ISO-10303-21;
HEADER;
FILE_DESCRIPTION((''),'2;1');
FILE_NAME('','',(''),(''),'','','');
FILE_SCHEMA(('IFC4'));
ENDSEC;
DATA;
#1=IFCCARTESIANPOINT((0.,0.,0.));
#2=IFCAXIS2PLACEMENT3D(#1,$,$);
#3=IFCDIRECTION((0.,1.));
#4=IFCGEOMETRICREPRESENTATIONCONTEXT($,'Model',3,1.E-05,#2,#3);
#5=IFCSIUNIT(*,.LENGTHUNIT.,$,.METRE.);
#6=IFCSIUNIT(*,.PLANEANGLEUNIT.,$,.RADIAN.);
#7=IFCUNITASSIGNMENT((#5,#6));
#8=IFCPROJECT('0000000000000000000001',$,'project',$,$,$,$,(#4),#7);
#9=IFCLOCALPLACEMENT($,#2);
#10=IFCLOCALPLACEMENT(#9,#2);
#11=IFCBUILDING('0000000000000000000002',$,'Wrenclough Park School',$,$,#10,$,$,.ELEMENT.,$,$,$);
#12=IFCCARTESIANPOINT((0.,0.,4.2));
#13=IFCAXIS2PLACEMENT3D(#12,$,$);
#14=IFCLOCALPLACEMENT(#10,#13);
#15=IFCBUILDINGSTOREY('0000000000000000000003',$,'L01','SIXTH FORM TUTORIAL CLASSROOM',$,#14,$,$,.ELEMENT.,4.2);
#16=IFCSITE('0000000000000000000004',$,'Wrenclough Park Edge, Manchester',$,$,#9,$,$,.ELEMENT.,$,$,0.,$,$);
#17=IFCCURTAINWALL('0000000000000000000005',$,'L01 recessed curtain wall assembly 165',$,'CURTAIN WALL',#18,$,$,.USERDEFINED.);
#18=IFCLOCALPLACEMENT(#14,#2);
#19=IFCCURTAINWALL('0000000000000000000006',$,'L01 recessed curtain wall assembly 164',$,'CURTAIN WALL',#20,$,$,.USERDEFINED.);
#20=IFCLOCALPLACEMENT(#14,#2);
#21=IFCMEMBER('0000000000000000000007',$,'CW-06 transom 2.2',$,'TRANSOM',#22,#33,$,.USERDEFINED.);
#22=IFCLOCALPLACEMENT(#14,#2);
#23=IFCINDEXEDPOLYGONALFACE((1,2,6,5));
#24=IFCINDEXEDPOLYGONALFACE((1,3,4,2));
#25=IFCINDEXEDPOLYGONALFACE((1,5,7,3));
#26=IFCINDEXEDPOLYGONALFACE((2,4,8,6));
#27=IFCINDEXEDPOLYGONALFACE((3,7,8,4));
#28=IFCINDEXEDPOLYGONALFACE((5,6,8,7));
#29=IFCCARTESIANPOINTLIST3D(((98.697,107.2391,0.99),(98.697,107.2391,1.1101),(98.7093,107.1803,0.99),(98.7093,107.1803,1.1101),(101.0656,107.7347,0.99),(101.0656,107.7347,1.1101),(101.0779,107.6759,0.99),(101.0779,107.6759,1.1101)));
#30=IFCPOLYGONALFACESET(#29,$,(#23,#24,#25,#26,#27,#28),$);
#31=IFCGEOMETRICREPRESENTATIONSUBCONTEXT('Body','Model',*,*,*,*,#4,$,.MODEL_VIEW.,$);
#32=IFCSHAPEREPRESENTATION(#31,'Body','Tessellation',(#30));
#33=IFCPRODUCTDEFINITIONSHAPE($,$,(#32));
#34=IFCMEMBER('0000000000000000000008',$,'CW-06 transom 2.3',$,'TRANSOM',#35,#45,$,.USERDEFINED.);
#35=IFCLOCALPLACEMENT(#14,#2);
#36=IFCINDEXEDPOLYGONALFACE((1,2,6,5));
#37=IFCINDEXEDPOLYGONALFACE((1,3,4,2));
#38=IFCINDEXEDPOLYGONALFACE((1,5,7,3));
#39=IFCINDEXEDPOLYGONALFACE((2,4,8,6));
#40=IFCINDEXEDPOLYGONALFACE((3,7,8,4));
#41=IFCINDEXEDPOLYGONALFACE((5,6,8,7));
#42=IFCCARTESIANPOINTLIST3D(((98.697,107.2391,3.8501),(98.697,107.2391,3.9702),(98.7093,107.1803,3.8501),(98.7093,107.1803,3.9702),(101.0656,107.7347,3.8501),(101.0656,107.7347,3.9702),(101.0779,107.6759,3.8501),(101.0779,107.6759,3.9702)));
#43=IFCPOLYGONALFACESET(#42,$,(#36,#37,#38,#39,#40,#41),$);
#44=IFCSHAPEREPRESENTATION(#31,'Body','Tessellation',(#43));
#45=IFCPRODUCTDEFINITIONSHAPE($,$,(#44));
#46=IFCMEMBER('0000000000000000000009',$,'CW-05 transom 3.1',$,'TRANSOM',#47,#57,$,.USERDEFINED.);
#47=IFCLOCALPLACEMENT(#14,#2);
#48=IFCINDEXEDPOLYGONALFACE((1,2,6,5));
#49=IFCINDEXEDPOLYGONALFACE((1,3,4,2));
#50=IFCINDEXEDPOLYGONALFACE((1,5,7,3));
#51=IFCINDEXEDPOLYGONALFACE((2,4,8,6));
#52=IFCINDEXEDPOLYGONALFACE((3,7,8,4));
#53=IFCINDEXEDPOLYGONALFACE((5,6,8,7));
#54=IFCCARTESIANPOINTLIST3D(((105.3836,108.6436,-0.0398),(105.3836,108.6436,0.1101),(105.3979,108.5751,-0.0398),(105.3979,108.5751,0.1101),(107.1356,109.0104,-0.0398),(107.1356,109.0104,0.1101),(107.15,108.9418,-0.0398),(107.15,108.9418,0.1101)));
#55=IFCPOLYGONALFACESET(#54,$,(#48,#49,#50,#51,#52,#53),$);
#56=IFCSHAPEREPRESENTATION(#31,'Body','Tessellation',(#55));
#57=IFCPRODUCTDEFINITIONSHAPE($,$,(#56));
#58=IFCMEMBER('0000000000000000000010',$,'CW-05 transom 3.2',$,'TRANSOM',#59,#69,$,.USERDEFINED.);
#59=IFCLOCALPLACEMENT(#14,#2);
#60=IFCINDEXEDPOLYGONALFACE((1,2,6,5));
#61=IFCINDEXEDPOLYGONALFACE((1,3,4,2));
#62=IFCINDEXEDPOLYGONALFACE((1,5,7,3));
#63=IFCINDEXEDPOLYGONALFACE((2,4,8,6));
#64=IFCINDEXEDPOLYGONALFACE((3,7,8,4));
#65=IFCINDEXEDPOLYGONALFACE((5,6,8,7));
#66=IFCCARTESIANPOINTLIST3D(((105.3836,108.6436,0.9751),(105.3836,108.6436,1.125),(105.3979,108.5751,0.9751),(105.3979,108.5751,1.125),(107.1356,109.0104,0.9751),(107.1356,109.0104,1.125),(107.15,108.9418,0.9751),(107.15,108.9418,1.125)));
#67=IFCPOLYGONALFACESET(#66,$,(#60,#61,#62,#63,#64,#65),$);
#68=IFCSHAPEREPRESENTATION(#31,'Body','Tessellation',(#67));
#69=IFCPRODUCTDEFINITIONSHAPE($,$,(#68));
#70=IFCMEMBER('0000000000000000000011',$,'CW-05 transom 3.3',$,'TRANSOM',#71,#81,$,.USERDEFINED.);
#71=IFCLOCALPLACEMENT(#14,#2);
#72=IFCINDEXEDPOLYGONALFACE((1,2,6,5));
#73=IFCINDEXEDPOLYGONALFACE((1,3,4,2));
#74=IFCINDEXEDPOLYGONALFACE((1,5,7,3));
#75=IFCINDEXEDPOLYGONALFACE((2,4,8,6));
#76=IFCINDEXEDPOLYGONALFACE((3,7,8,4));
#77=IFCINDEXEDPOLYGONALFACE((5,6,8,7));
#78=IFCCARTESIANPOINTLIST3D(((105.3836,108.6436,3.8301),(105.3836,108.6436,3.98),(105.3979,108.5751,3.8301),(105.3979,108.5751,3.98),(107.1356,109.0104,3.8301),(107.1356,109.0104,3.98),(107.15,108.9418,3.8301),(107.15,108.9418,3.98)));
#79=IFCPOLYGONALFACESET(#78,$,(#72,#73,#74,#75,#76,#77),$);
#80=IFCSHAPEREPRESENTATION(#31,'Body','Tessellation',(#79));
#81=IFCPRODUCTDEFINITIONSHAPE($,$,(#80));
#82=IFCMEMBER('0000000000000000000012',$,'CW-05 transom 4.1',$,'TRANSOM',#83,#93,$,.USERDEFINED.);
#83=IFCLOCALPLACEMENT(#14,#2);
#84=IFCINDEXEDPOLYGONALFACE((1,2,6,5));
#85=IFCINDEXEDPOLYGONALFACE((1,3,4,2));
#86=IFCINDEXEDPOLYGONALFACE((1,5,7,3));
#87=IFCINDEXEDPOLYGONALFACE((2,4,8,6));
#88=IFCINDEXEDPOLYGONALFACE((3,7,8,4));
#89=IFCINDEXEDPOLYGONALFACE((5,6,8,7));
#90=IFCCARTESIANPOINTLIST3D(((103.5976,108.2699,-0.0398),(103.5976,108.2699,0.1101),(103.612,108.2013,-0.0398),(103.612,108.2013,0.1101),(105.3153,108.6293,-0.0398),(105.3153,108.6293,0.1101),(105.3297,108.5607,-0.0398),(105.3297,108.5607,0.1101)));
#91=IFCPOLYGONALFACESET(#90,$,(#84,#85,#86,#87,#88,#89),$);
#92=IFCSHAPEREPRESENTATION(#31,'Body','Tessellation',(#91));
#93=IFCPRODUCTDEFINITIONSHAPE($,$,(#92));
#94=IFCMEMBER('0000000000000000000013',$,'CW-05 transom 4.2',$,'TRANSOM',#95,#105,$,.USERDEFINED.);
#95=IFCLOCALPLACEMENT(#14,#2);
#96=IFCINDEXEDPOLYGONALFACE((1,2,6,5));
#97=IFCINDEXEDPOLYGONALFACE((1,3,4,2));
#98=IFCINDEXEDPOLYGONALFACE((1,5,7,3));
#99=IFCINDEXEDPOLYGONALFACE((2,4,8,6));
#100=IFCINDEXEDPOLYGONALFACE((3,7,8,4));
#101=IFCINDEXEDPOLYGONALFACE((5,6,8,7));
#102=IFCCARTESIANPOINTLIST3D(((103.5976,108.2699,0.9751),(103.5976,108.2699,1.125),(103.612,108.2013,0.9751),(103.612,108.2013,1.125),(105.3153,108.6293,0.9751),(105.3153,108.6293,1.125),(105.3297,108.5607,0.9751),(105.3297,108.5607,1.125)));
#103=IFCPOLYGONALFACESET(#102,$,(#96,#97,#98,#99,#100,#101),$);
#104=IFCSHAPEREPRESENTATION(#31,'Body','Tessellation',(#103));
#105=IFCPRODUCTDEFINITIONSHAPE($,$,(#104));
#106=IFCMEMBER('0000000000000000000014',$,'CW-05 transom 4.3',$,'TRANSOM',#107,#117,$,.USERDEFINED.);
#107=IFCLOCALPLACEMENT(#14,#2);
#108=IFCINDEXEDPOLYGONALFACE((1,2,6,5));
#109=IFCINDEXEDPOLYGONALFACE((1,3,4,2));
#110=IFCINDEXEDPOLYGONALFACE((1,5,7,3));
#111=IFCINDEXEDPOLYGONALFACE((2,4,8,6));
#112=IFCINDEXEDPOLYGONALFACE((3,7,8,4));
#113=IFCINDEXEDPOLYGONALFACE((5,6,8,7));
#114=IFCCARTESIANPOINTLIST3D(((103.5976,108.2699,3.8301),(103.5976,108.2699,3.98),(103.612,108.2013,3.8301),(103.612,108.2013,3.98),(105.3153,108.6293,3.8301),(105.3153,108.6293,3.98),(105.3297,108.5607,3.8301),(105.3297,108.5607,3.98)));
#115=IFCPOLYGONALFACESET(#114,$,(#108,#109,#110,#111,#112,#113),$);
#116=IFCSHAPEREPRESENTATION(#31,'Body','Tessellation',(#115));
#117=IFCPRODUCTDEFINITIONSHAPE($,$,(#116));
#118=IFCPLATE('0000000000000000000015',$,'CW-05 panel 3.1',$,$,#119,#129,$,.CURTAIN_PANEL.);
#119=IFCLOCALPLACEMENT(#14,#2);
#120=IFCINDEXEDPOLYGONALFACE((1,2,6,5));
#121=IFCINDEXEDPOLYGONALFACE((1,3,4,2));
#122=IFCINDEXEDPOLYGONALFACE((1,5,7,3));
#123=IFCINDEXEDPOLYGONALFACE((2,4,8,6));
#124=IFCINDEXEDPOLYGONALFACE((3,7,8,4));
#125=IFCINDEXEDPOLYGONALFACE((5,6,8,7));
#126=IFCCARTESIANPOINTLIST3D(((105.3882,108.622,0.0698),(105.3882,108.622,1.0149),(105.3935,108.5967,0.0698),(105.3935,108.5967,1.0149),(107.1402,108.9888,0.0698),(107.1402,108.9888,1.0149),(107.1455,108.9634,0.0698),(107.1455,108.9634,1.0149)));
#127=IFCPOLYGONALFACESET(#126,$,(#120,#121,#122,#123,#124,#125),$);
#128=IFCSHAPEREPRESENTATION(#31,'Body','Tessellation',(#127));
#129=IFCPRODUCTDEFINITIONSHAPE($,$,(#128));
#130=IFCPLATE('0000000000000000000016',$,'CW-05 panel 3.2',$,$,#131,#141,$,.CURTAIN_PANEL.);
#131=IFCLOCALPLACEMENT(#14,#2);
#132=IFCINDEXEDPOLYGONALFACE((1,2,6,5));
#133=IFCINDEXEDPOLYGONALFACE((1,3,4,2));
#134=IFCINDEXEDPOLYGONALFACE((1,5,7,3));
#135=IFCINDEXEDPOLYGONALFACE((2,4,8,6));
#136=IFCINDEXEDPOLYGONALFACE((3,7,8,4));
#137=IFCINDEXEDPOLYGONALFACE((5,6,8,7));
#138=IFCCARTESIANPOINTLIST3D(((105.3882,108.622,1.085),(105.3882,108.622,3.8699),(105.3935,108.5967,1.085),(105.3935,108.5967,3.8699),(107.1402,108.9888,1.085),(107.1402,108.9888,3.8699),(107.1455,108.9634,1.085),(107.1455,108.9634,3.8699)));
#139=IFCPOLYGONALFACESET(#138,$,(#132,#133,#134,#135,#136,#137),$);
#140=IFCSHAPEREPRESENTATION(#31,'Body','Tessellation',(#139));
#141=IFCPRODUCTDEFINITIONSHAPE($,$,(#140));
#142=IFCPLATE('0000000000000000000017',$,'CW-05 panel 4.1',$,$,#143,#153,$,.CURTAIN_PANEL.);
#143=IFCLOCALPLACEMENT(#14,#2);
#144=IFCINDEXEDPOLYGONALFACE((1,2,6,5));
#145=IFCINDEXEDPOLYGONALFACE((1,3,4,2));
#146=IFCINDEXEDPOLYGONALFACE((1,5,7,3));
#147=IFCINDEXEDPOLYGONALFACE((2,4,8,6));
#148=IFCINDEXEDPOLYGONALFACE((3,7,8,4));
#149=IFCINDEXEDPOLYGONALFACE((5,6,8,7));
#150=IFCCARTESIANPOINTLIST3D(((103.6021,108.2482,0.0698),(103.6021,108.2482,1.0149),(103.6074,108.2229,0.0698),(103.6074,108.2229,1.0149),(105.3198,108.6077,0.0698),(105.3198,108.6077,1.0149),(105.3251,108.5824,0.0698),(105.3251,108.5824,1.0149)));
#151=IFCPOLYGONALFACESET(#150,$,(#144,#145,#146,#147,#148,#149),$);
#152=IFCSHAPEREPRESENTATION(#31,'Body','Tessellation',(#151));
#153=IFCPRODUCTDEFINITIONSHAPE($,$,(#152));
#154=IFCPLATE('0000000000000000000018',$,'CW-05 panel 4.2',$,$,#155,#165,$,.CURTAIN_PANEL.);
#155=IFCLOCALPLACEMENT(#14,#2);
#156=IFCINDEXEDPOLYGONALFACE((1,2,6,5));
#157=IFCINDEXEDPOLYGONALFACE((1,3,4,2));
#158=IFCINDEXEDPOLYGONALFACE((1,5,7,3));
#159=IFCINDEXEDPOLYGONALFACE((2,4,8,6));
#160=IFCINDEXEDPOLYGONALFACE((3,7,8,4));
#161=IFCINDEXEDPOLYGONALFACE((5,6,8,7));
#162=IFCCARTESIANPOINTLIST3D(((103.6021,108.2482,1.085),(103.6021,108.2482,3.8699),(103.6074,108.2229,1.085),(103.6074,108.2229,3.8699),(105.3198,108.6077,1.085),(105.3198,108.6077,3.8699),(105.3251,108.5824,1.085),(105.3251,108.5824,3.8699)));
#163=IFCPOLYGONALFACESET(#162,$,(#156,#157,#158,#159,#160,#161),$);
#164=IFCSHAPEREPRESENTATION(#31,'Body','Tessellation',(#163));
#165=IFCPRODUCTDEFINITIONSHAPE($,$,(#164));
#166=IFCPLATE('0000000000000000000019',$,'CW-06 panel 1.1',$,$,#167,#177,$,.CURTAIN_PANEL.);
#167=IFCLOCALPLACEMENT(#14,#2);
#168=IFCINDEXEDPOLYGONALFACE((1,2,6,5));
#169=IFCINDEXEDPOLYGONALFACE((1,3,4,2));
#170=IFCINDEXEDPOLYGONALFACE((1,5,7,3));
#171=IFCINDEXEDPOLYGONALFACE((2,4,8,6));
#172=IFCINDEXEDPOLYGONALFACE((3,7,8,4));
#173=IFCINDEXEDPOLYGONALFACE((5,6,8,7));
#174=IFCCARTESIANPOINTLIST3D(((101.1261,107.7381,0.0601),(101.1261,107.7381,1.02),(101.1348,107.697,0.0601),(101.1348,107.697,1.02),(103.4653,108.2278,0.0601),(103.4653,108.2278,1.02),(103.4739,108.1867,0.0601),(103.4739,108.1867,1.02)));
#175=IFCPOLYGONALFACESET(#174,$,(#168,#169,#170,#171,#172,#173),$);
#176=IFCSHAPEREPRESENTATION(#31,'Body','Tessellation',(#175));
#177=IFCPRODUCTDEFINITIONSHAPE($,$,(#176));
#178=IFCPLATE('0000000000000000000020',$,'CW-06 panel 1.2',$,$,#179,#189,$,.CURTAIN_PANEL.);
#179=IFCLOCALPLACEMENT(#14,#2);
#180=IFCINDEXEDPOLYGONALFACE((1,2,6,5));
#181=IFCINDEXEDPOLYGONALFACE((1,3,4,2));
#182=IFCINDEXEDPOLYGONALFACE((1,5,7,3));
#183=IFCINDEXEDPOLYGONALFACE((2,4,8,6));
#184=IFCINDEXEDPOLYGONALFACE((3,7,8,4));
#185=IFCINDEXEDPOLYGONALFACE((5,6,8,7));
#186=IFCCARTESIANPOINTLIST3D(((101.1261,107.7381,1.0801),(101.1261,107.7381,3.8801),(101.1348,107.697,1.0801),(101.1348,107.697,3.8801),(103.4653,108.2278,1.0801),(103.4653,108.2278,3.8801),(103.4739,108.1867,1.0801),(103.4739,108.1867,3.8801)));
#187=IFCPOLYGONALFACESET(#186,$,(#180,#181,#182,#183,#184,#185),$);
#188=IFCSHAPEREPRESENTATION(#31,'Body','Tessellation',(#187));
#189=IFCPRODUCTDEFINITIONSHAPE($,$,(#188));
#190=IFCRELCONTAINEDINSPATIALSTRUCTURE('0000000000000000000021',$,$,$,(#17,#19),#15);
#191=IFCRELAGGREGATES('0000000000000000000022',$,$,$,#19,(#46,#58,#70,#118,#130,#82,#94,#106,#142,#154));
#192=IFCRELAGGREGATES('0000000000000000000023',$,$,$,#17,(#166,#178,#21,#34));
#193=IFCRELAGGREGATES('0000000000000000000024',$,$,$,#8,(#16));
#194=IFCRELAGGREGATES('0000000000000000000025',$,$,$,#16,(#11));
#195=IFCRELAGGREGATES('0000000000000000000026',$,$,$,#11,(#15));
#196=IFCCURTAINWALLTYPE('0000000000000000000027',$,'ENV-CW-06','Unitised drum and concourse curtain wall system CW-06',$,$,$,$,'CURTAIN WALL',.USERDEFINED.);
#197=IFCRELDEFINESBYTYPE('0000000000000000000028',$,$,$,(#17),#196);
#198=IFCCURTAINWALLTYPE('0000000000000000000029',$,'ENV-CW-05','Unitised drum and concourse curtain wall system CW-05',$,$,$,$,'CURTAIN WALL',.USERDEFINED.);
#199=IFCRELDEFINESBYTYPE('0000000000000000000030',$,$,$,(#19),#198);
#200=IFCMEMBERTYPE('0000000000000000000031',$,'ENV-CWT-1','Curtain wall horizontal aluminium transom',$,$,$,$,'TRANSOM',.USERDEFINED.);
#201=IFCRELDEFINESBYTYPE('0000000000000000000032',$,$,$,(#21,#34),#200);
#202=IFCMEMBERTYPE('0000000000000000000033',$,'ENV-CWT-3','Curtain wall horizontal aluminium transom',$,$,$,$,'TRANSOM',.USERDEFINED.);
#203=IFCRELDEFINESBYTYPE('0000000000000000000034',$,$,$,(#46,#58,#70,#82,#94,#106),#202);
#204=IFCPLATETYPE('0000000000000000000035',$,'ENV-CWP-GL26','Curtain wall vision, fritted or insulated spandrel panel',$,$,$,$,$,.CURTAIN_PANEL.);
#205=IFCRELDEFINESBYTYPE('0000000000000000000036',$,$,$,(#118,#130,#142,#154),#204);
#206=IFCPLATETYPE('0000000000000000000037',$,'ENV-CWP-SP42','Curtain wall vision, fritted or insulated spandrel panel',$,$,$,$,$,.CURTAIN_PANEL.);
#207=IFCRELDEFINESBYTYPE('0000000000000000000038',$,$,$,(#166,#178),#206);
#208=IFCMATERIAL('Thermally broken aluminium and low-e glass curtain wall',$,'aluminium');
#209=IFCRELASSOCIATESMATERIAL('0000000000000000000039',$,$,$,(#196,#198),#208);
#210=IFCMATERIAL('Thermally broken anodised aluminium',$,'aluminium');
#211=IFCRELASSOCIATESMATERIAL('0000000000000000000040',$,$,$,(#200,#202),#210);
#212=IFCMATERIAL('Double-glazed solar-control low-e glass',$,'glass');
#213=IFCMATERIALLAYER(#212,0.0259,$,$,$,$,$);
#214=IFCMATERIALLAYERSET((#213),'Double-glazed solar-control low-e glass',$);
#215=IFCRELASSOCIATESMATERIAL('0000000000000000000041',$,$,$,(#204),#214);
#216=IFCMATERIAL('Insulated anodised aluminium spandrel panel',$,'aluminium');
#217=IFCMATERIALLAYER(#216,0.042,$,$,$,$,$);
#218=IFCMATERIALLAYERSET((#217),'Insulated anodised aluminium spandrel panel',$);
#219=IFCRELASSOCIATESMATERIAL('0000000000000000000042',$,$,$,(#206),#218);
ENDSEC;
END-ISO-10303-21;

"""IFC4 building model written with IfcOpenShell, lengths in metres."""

from ifc_helpers import new_model, si_unit, direction, frame, origin, origin_2d, place, context, subcontext, project, spatial, rectangle, extrude, material, layer, layer_set, material_profile, profile_set, type_object, element, aggregate, save


model = new_model("IFC4")

# Units and contexts
model_context = context("Model", 3, precision=1e-05, world=origin(), true_north=direction((0.0, 1.0)))
body_context = subcontext(model_context, "Body", "Model", "MODEL_VIEW")
ifc_project = project(units=[si_unit("LENGTHUNIT", "METRE"), si_unit("PLANEANGLEUNIT", "RADIAN")], contexts=[model_context])

# Site, building, storey
site_placement = place(None, origin())
site = spatial("IfcSite", under=ifc_project, at=site_placement, Name="Wrenclough Park Edge, Manchester", CompositionType="ELEMENT", RefElevation=0.0)
building_placement = place(site_placement, origin())
building = spatial("IfcBuilding", under=site, at=building_placement, Name="Wrenclough Park School", CompositionType="ELEMENT")
storey_placement = place(building_placement, frame((0.0, 0.0, 4.2)))
storey = spatial("IfcBuildingStorey", under=building, at=storey_placement, Name="L01", Description="SIXTH FORM TUTORIAL CLASSROOM", CompositionType="ELEMENT", Elevation=4.2)

# Curtain walls
ifc_material_1 = material(Name="Thermally broken aluminium and low-e glass curtain wall", Category="aluminium")
curtain_wall_type_1 = type_object("IfcCurtainWallType", Name="ENV-CW-06", Description="Unitised drum and concourse curtain wall system CW-06", ElementType="CURTAIN WALL", PredefinedType="USERDEFINED", material=ifc_material_1)
curtain_wall_1_placement = place(storey_placement, origin())
curtain_wall_1 = element("IfcCurtainWall", 1, at=curtain_wall_1_placement, inside=storey, type_object=curtain_wall_type_1, Name="L01 recessed curtain wall assembly 165", ObjectType="CURTAIN WALL", PredefinedType="USERDEFINED")
ifc_material_2 = material(Name="Thermally broken anodised aluminium", Category="aluminium")
curtain_wall_type_2 = type_object("IfcCurtainWallType", Name="ENV-CW-05", Description="Unitised drum and concourse curtain wall system CW-05", ElementType="CURTAIN WALL", PredefinedType="USERDEFINED", material=ifc_material_1)
curtain_wall_2_placement = place(storey_placement, origin())
curtain_wall_2 = element("IfcCurtainWall", 2, at=curtain_wall_2_placement, inside=storey, type_object=curtain_wall_type_2, Name="L01 recessed curtain wall assembly 164", ObjectType="CURTAIN WALL", PredefinedType="USERDEFINED")

# Members
ifc_material_profile_1 = material_profile(ifc_material_2, rectangle(XDim=0.0601, YDim=0.1201, at=origin_2d()), Name="AL TRANSOM 60x120")
ifc_profile_set_1 = profile_set([ifc_material_profile_1], Name="Thermally broken anodised aluminium")
member_type_1 = type_object("IfcMemberType", Name="ENV-CWT-1", Description="Curtain wall horizontal aluminium transom", ElementType="TRANSOM", PredefinedType="USERDEFINED", material=ifc_profile_set_1)
member_1_placement = place(storey_placement, frame((101.0718, 107.7053, 1.05), z_axis=(-0.978804, -0.2048, 0.0), x_axis=(0.2048, -0.978804, 0.0)))
member_1 = element("IfcMember", 3, at=member_1_placement, type_object=member_type_1, Name="CW-06 transom 2.2", ObjectType="TRANSOM", PredefinedType="USERDEFINED", context=body_context, shape_type="SweptSolid", body=[
    extrude(rectangle(XDim=0.0601, YDim=0.1201, at=origin_2d()), origin(), (0.0, 0.0, 1.0), 2.4199),
])
member_2_placement = place(storey_placement, frame((101.0718, 107.7053, 3.9102), z_axis=(-0.978804, -0.2048, 0.0), x_axis=(0.2048, -0.978804, 0.0)))
member_2 = element("IfcMember", 4, at=member_2_placement, type_object=member_type_1, Name="CW-06 transom 2.3", ObjectType="TRANSOM", PredefinedType="USERDEFINED", context=body_context, shape_type="SweptSolid", body=[
    extrude(rectangle(XDim=0.0601, YDim=0.1201, at=origin_2d()), origin(), (0.0, 0.0, 1.0), 2.4199),
])
ifc_material_profile_2 = material_profile(ifc_material_2, rectangle(XDim=0.0701, YDim=0.1499, at=origin_2d()), Name="AL TRANSOM 70x150")
ifc_profile_set_2 = profile_set([ifc_material_profile_2], Name="Thermally broken anodised aluminium")
member_type_2 = type_object("IfcMemberType", Name="ENV-CWT-3", Description="Curtain wall horizontal aluminium transom", ElementType="TRANSOM", PredefinedType="USERDEFINED", material=ifc_profile_set_2)
member_3_placement = place(storey_placement, frame((107.1428, 108.9761, 0.0352), z_axis=(-0.978789, -0.204869, 0.0), x_axis=(0.204869, -0.978789, 0.0)))
member_3 = element("IfcMember", 5, at=member_3_placement, type_object=member_type_2, Name="CW-05 transom 3.1", ObjectType="TRANSOM", PredefinedType="USERDEFINED", context=body_context, shape_type="SweptSolid", body=[
    extrude(rectangle(XDim=0.0701, YDim=0.1499, at=origin_2d()), origin(), (0.0, 0.0, 1.0), 1.79),
])
member_4_placement = place(storey_placement, frame((107.1428, 108.9761, 1.05), z_axis=(-0.978789, -0.204869, 0.0), x_axis=(0.204869, -0.978789, 0.0)))
member_4 = element("IfcMember", 6, at=member_4_placement, type_object=member_type_2, Name="CW-05 transom 3.2", ObjectType="TRANSOM", PredefinedType="USERDEFINED", context=body_context, shape_type="SweptSolid", body=[
    extrude(rectangle(XDim=0.0701, YDim=0.1499, at=origin_2d()), origin(), (0.0, 0.0, 1.0), 1.79),
])
member_5_placement = place(storey_placement, frame((107.1428, 108.9761, 3.905), z_axis=(-0.978789, -0.204869, 0.0), x_axis=(0.204869, -0.978789, 0.0)))
member_5 = element("IfcMember", 7, at=member_5_placement, type_object=member_type_2, Name="CW-05 transom 3.3", ObjectType="TRANSOM", PredefinedType="USERDEFINED", context=body_context, shape_type="SweptSolid", body=[
    extrude(rectangle(XDim=0.0701, YDim=0.1499, at=origin_2d()), origin(), (0.0, 0.0, 1.0), 1.79),
])
member_6_placement = place(storey_placement, frame((105.3225, 108.595, 0.0352), z_axis=(-0.978809, -0.204776, 0.0), x_axis=(0.204776, -0.978809, 0.0)))
member_6 = element("IfcMember", 8, at=member_6_placement, type_object=member_type_2, Name="CW-05 transom 4.1", ObjectType="TRANSOM", PredefinedType="USERDEFINED", context=body_context, shape_type="SweptSolid", body=[
    extrude(rectangle(XDim=0.0701, YDim=0.1499, at=origin_2d()), origin(), (0.0, 0.0, 1.0), 1.7549),
])
member_7_placement = place(storey_placement, frame((105.3225, 108.595, 1.05), z_axis=(-0.978809, -0.204776, 0.0), x_axis=(0.204776, -0.978809, 0.0)))
member_7 = element("IfcMember", 9, at=member_7_placement, type_object=member_type_2, Name="CW-05 transom 4.2", ObjectType="TRANSOM", PredefinedType="USERDEFINED", context=body_context, shape_type="SweptSolid", body=[
    extrude(rectangle(XDim=0.0701, YDim=0.1499, at=origin_2d()), origin(), (0.0, 0.0, 1.0), 1.7549),
])
member_8_placement = place(storey_placement, frame((105.3225, 108.595, 3.905), z_axis=(-0.978809, -0.204776, 0.0), x_axis=(0.204776, -0.978809, 0.0)))
member_8 = element("IfcMember", 10, at=member_8_placement, type_object=member_type_2, Name="CW-05 transom 4.3", ObjectType="TRANSOM", PredefinedType="USERDEFINED", context=body_context, shape_type="SweptSolid", body=[
    extrude(rectangle(XDim=0.0701, YDim=0.1499, at=origin_2d()), origin(), (0.0, 0.0, 1.0), 1.7549),
])

# Plates
ifc_material_3 = material(Name="Double-glazed solar-control low-e glass", Category="glass")
ifc_layer_1 = layer(ifc_material_3, 0.0259)
ifc_layer_set_1 = layer_set([ifc_layer_1], Name="Double-glazed solar-control low-e glass")
plate_type_1 = type_object("IfcPlateType", Name="ENV-CWP-GL26", Description="Curtain wall vision, fritted or insulated spandrel panel", PredefinedType="CURTAIN_PANEL", material=ifc_layer_set_1)
plate_1_placement = place(storey_placement, frame((106.2668, 108.7927, 0.0698), z_axis=(0.0, 0.0, 1.0), x_axis=(-0.978788, -0.204874, 0.0)))
plate_1 = element("IfcPlate", 11, at=plate_1_placement, type_object=plate_type_1, Name="CW-05 panel 3.1", PredefinedType="CURTAIN_PANEL", context=body_context, shape_type="SweptSolid", body=[
    extrude(rectangle(XDim=1.79, YDim=0.0259, at=origin_2d()), origin(), (0.0, 0.0, 1.0), 0.9451),
])
plate_2_placement = place(storey_placement, frame((106.2668, 108.7927, 1.085), z_axis=(0.0, 0.0, 1.0), x_axis=(-0.978788, -0.204874, 0.0)))
plate_2 = element("IfcPlate", 12, at=plate_2_placement, type_object=plate_type_1, Name="CW-05 panel 3.2", PredefinedType="CURTAIN_PANEL", context=body_context, shape_type="SweptSolid", body=[
    extrude(rectangle(XDim=1.79, YDim=0.0259, at=origin_2d()), origin(), (0.0, 0.0, 1.0), 2.7849),
])
plate_3_placement = place(storey_placement, frame((104.4636, 108.4153, 0.0698), z_axis=(0.0, 0.0, 1.0), x_axis=(-0.978788, -0.204874, 0.0)))
plate_3 = element("IfcPlate", 13, at=plate_3_placement, type_object=plate_type_1, Name="CW-05 panel 4.1", PredefinedType="CURTAIN_PANEL", context=body_context, shape_type="SweptSolid", body=[
    extrude(rectangle(XDim=1.7549, YDim=0.0259, at=origin_2d()), origin(), (0.0, 0.0, 1.0), 0.9451),
])
plate_4_placement = place(storey_placement, frame((104.4636, 108.4153, 1.085), z_axis=(0.0, 0.0, 1.0), x_axis=(-0.978788, -0.204874, 0.0)))
plate_4 = element("IfcPlate", 14, at=plate_4_placement, type_object=plate_type_1, Name="CW-05 panel 4.2", PredefinedType="CURTAIN_PANEL", context=body_context, shape_type="SweptSolid", body=[
    extrude(rectangle(XDim=1.7549, YDim=0.0259, at=origin_2d()), origin(), (0.0, 0.0, 1.0), 2.7849),
])
aggregate(curtain_wall_2, [member_3, member_4, member_5, plate_1, plate_2, member_6, member_7, member_8, plate_3, plate_4])
ifc_material_4 = material(Name="Insulated anodised aluminium spandrel panel", Category="aluminium")
ifc_layer_2 = layer(ifc_material_4, 0.042)
ifc_layer_set_2 = layer_set([ifc_layer_2], Name="Insulated anodised aluminium spandrel panel")
plate_type_2 = type_object("IfcPlateType", Name="ENV-CWP-SP42", Description="Curtain wall vision, fritted or insulated spandrel panel", PredefinedType="CURTAIN_PANEL", material=ifc_layer_set_2)
plate_5_placement = place(storey_placement, frame((102.3, 107.9624, 0.0601), z_axis=(0.0, 0.0, 1.0), x_axis=(-0.978788, -0.204874, 0.0)))
plate_5 = element("IfcPlate", 15, at=plate_5_placement, type_object=plate_type_2, Name="CW-06 panel 1.1", PredefinedType="CURTAIN_PANEL", context=body_context, shape_type="SweptSolid", body=[
    extrude(rectangle(XDim=2.3899, YDim=0.042, at=origin_2d()), origin(), (0.0, 0.0, 1.0), 0.96),
])
plate_6_placement = place(storey_placement, frame((102.3, 107.9624, 1.0801), z_axis=(0.0, 0.0, 1.0), x_axis=(-0.978788, -0.204874, 0.0)))
plate_6 = element("IfcPlate", 16, at=plate_6_placement, type_object=plate_type_2, Name="CW-06 panel 1.2", PredefinedType="CURTAIN_PANEL", context=body_context, shape_type="SweptSolid", body=[
    extrude(rectangle(XDim=2.3899, YDim=0.042, at=origin_2d()), origin(), (0.0, 0.0, 1.0), 2.8),
])
aggregate(curtain_wall_1, [plate_5, plate_6, member_1, member_2])

save(model, "model.ifc")
